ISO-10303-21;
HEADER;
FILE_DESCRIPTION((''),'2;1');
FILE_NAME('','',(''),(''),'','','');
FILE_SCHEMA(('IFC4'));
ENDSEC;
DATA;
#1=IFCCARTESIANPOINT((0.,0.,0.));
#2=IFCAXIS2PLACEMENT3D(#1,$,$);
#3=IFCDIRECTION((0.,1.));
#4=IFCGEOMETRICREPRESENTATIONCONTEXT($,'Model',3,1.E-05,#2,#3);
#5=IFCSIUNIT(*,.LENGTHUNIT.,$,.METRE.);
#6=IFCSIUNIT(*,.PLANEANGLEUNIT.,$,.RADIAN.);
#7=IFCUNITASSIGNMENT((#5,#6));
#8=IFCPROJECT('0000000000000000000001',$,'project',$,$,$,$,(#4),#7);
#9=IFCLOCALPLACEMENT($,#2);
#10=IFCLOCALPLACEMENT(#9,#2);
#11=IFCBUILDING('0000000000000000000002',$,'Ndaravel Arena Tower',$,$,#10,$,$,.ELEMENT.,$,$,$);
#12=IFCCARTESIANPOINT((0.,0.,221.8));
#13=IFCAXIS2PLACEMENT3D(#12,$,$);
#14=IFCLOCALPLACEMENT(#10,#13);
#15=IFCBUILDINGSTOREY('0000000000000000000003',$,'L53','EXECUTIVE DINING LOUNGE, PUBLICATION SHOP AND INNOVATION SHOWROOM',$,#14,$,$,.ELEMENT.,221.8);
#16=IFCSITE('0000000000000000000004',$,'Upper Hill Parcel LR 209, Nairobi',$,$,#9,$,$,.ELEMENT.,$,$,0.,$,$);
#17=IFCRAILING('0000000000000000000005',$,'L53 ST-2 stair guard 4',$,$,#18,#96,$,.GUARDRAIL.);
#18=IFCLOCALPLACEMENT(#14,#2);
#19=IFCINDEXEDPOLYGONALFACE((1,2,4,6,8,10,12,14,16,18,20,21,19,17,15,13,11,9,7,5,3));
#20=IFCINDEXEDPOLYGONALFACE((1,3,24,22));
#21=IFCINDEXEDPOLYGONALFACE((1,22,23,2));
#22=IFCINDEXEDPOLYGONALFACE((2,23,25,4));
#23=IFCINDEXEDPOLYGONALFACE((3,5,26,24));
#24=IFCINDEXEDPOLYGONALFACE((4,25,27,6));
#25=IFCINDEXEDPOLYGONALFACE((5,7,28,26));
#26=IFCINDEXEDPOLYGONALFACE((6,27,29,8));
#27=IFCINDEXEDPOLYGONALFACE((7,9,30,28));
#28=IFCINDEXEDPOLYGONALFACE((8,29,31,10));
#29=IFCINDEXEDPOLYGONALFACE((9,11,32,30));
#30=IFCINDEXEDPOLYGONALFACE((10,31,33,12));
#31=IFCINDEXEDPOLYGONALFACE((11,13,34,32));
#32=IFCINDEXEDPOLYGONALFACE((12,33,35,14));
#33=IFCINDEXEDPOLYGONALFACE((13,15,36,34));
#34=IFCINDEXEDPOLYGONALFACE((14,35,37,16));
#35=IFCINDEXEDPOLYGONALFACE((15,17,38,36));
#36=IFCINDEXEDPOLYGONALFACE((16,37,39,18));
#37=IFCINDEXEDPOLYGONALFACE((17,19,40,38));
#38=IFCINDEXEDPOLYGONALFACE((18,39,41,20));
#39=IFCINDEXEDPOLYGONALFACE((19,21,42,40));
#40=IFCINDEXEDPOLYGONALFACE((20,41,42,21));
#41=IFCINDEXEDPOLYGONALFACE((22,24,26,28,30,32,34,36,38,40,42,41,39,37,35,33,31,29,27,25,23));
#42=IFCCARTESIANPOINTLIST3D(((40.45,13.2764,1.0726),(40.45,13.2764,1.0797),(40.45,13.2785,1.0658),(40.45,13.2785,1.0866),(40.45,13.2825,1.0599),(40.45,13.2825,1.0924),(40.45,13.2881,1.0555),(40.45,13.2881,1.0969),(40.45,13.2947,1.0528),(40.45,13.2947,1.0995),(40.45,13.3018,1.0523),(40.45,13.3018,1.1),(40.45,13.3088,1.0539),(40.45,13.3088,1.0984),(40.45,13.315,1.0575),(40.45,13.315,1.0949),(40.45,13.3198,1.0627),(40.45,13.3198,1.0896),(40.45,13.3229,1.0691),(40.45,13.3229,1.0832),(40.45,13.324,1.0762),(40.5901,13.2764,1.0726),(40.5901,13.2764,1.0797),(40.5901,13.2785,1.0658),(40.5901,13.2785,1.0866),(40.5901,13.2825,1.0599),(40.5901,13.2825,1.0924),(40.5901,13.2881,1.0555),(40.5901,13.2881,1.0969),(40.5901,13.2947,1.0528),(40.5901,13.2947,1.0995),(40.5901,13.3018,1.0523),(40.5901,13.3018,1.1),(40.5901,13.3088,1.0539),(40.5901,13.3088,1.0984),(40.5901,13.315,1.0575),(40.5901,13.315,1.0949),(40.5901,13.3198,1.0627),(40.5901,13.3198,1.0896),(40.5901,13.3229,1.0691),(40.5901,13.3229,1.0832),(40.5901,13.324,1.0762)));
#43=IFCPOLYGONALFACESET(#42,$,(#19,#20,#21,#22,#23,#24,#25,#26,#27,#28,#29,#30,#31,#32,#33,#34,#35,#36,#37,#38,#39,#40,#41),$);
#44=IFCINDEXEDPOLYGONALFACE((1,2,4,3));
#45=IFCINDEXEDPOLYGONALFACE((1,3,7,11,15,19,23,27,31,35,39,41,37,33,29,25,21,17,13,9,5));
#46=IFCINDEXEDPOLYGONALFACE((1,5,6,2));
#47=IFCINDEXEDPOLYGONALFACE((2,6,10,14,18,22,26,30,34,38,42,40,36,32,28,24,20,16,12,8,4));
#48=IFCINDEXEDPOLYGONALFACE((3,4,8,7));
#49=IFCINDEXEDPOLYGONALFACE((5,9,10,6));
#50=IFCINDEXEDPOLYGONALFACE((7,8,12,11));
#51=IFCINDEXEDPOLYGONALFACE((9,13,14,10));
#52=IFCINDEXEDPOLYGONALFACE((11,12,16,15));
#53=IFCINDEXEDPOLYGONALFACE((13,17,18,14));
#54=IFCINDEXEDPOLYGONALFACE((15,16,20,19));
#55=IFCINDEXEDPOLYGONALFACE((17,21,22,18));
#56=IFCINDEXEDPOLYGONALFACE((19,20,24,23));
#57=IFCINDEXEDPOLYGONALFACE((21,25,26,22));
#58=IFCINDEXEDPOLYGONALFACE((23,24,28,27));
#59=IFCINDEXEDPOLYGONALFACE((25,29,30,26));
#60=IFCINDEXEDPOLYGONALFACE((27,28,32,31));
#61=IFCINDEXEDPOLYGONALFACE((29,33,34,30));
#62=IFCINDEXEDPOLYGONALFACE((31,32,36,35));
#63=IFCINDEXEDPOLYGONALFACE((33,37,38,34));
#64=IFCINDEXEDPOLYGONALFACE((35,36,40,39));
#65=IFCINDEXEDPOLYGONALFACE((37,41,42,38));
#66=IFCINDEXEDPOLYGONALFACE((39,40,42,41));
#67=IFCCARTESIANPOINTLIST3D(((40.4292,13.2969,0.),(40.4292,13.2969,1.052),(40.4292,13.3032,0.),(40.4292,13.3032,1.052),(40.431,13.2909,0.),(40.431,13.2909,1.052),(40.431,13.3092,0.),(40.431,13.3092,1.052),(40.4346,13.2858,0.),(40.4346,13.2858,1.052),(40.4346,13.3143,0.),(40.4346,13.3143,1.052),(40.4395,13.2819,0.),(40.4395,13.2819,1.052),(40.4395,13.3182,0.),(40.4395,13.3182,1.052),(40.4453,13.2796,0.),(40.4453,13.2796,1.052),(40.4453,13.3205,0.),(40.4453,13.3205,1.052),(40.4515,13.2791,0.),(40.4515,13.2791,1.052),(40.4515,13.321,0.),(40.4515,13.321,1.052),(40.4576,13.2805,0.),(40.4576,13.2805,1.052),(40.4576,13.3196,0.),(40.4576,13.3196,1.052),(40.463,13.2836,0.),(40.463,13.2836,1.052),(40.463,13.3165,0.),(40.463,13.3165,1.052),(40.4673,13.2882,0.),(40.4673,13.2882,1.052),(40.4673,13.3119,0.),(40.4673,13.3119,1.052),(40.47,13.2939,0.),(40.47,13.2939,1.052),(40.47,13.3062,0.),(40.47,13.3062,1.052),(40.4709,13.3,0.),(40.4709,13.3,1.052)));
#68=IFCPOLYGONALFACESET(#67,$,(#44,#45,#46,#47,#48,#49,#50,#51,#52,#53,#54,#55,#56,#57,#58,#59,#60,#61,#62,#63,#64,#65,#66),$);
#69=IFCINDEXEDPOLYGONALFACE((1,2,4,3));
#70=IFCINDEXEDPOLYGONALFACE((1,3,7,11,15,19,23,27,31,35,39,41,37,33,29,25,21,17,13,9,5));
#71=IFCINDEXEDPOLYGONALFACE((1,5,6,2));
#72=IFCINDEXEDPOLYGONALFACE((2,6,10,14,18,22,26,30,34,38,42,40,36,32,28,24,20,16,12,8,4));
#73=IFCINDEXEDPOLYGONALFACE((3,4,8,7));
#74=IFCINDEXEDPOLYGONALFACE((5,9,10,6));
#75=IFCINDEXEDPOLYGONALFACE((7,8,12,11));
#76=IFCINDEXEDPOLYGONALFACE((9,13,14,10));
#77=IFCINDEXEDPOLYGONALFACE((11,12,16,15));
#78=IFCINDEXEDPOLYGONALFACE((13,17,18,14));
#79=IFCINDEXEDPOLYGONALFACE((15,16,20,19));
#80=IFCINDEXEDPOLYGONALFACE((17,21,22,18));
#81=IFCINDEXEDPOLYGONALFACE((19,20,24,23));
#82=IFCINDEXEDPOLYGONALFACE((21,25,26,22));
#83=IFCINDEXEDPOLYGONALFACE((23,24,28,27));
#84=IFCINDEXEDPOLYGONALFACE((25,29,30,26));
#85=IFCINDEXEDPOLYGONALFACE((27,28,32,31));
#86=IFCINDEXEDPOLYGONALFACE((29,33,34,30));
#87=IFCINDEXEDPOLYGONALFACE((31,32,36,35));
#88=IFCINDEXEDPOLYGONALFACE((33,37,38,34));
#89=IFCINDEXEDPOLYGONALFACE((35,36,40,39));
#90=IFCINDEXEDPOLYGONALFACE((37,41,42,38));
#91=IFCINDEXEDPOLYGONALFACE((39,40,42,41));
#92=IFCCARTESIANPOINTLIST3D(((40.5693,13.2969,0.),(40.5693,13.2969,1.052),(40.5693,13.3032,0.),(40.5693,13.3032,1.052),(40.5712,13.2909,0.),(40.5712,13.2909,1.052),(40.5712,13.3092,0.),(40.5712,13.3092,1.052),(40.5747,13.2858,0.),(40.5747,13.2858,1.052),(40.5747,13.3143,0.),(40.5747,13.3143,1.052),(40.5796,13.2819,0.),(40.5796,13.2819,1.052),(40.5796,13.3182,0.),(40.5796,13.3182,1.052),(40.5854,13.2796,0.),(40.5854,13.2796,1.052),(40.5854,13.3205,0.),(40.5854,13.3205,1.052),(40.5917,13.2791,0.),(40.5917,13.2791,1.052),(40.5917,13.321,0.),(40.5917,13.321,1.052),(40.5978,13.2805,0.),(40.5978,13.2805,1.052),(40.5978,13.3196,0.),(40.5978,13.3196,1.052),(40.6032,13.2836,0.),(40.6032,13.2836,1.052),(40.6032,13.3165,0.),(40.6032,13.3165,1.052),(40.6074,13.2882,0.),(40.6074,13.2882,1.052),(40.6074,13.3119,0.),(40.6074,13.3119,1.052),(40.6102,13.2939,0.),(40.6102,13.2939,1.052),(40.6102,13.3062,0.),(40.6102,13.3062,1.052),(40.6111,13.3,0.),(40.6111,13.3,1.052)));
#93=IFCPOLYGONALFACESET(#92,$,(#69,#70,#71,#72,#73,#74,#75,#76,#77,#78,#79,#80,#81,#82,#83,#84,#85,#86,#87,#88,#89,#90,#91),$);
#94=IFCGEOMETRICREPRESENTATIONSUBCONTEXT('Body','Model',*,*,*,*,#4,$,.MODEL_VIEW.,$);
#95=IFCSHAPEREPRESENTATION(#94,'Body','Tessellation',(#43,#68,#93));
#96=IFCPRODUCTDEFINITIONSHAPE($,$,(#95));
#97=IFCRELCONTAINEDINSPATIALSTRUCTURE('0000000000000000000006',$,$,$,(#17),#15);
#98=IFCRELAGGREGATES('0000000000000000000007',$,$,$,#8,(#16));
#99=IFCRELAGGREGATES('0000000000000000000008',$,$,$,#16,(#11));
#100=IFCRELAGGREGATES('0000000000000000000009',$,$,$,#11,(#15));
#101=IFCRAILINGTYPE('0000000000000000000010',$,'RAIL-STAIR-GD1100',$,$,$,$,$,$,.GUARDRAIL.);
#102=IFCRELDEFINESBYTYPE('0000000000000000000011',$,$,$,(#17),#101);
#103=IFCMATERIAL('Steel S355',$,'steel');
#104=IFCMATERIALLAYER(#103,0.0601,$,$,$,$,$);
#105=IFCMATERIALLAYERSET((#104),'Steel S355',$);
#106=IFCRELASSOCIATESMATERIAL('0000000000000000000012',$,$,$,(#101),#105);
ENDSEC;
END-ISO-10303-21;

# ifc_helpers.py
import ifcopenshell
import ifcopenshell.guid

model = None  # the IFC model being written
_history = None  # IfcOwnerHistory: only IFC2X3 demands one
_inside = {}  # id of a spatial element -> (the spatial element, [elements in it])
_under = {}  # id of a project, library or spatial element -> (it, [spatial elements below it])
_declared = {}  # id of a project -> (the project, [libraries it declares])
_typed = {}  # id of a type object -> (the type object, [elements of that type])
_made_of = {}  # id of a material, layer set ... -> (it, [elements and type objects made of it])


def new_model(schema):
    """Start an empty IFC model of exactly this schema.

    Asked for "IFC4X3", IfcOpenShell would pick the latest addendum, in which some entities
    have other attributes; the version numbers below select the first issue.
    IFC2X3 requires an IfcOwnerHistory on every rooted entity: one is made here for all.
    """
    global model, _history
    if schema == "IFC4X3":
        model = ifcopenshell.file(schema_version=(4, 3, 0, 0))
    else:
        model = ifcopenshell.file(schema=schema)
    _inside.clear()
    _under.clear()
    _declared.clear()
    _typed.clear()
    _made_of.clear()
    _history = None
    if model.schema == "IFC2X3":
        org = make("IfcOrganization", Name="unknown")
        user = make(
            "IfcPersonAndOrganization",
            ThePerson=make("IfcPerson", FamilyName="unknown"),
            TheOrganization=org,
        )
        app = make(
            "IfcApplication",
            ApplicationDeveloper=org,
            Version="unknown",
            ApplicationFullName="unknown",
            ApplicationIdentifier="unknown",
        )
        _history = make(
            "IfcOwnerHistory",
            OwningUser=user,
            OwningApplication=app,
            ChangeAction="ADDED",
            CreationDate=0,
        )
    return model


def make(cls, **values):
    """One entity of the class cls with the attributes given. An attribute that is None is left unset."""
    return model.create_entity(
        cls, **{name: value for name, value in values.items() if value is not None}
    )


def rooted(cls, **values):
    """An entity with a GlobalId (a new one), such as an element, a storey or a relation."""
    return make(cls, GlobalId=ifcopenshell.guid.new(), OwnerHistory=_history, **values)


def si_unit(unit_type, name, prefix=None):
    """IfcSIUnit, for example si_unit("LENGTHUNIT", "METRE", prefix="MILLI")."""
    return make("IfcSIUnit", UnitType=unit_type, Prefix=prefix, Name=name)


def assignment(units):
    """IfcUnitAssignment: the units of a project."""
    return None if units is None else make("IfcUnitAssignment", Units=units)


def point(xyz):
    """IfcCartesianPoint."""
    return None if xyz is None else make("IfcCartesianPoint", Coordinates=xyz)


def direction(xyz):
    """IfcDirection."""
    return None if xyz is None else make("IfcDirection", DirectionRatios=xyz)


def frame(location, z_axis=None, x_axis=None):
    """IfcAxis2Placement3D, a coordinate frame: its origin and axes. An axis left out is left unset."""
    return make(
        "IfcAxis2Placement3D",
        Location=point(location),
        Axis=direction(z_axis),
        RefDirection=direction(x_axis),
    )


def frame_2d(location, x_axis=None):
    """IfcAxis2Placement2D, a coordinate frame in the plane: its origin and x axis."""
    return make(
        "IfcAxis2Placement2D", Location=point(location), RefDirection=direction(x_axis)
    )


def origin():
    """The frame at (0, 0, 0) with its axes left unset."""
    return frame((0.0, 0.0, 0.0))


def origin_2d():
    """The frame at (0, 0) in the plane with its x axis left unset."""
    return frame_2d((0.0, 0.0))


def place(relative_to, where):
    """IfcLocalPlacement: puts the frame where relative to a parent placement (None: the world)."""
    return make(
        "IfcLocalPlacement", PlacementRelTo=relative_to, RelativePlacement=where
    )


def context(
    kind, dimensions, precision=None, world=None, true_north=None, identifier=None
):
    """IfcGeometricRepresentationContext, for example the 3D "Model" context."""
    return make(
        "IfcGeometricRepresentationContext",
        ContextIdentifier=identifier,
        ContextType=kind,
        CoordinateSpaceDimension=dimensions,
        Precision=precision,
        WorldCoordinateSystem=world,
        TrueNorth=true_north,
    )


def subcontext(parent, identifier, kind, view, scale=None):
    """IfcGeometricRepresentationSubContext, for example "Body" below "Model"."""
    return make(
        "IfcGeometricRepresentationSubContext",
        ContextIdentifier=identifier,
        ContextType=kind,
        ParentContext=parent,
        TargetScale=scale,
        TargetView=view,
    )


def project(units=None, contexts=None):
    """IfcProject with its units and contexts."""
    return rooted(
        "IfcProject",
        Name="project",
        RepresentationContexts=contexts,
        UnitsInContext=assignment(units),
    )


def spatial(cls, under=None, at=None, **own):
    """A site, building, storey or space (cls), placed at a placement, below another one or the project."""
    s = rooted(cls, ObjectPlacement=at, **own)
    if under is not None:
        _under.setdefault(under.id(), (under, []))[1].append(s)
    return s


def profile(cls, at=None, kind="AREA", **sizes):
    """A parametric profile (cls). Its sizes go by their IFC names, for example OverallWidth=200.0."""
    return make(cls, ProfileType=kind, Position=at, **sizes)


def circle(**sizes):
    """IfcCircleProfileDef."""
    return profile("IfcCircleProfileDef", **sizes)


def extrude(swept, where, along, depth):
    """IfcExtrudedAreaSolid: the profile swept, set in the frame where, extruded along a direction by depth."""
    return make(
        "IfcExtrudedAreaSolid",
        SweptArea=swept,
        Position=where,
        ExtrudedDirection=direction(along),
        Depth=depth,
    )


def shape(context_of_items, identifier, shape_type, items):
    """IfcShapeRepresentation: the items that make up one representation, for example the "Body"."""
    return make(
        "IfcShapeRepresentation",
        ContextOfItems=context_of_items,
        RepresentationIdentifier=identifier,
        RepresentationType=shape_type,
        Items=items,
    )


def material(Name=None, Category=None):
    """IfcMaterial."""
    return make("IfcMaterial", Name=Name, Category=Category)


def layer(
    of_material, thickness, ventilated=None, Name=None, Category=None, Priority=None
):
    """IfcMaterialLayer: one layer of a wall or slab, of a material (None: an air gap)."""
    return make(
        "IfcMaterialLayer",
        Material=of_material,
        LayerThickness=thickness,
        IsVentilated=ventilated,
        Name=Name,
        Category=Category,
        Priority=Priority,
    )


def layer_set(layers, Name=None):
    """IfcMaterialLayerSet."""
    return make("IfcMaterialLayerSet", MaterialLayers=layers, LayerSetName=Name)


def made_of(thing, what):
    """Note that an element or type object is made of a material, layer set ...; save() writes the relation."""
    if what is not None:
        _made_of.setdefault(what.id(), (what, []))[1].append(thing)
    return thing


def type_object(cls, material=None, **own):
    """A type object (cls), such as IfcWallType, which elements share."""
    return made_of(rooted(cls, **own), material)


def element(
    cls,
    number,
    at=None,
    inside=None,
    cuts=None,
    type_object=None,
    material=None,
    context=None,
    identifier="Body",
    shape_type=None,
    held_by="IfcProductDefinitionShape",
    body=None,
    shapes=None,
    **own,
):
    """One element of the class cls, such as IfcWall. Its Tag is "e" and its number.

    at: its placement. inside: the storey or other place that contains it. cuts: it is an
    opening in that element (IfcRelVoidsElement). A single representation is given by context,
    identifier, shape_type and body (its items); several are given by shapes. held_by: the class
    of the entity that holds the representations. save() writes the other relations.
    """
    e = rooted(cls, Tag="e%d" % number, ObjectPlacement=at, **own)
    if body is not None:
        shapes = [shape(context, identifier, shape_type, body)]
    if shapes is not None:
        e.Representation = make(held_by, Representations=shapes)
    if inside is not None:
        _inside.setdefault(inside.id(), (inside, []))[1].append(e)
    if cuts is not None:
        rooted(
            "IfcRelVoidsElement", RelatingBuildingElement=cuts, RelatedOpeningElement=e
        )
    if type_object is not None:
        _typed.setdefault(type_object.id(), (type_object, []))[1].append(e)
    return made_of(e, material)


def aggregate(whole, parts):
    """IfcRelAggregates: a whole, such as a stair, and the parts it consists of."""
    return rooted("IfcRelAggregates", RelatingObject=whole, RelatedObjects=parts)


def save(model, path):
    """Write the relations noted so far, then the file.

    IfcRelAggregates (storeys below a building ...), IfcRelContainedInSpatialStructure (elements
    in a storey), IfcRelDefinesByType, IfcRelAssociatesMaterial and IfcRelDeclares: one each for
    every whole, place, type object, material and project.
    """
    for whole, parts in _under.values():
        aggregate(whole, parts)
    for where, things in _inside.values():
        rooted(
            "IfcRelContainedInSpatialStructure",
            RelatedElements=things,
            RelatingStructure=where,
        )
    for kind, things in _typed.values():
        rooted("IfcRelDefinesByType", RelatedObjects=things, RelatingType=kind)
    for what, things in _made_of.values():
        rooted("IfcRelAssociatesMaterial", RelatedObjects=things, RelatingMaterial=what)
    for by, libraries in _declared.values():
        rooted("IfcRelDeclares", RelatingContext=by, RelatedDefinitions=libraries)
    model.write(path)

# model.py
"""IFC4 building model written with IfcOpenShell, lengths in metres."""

from ifc_helpers import new_model, si_unit, direction, frame, origin, origin_2d, place, context, subcontext, project, spatial, circle, extrude, material, layer, layer_set, type_object, element, save


model = new_model("IFC4")

# Units and contexts
model_context = context("Model", 3, precision=1e-05, world=origin(), true_north=direction((0.0, 1.0)))
body_context = subcontext(model_context, "Body", "Model", "MODEL_VIEW")
ifc_project = project(units=[si_unit("LENGTHUNIT", "METRE"), si_unit("PLANEANGLEUNIT", "RADIAN")], contexts=[model_context])

# Site, building, storey
site_placement = place(None, origin())
site = spatial("IfcSite", under=ifc_project, at=site_placement, Name="Upper Hill Parcel LR 209, Nairobi", CompositionType="ELEMENT", RefElevation=0.0)
building_placement = place(site_placement, origin())
building = spatial("IfcBuilding", under=site, at=building_placement, Name="Ndaravel Arena Tower", CompositionType="ELEMENT")
storey_placement = place(building_placement, frame((0.0, 0.0, 221.8)))
storey = spatial("IfcBuildingStorey", under=building, at=storey_placement, Name="L53", Description="EXECUTIVE DINING LOUNGE, PUBLICATION SHOP AND INNOVATION SHOWROOM", CompositionType="ELEMENT", Elevation=221.8)

# Railing
ifc_material_1 = material(Name="Steel S355", Category="steel")
ifc_layer_1 = layer(ifc_material_1, 0.0601)
ifc_layer_set_1 = layer_set([ifc_layer_1], Name="Steel S355")
railing_type_1 = type_object("IfcRailingType", Name="RAIL-STAIR-GD1100", PredefinedType="GUARDRAIL", material=ifc_layer_set_1)
railing_1_placement = place(storey_placement, frame((40.45, 13.3, 0.0)))
element("IfcRailing", 1, at=railing_1_placement, inside=storey, type_object=railing_type_1, Name="L53 ST-2 stair guard 4", PredefinedType="GUARDRAIL", context=body_context, shape_type="SweptSolid", body=[
    extrude(circle(Radius=0.0239, at=origin_2d()), frame((0.0, 0.0, 1.0762), z_axis=(1.0, 0.0, 0.0), x_axis=(0.0, 1.0, 0.0)), (0.0, 0.0, 1.0), 0.1401),
    extrude(circle(Radius=0.021, at=origin_2d()), origin(), (0.0, 0.0, 1.0), 1.052),
    extrude(circle(Radius=0.021, at=origin_2d()), frame((0.1401, 0.0, 0.0)), (0.0, 0.0, 1.0), 1.052),
])

save(model, "model.ifc")
